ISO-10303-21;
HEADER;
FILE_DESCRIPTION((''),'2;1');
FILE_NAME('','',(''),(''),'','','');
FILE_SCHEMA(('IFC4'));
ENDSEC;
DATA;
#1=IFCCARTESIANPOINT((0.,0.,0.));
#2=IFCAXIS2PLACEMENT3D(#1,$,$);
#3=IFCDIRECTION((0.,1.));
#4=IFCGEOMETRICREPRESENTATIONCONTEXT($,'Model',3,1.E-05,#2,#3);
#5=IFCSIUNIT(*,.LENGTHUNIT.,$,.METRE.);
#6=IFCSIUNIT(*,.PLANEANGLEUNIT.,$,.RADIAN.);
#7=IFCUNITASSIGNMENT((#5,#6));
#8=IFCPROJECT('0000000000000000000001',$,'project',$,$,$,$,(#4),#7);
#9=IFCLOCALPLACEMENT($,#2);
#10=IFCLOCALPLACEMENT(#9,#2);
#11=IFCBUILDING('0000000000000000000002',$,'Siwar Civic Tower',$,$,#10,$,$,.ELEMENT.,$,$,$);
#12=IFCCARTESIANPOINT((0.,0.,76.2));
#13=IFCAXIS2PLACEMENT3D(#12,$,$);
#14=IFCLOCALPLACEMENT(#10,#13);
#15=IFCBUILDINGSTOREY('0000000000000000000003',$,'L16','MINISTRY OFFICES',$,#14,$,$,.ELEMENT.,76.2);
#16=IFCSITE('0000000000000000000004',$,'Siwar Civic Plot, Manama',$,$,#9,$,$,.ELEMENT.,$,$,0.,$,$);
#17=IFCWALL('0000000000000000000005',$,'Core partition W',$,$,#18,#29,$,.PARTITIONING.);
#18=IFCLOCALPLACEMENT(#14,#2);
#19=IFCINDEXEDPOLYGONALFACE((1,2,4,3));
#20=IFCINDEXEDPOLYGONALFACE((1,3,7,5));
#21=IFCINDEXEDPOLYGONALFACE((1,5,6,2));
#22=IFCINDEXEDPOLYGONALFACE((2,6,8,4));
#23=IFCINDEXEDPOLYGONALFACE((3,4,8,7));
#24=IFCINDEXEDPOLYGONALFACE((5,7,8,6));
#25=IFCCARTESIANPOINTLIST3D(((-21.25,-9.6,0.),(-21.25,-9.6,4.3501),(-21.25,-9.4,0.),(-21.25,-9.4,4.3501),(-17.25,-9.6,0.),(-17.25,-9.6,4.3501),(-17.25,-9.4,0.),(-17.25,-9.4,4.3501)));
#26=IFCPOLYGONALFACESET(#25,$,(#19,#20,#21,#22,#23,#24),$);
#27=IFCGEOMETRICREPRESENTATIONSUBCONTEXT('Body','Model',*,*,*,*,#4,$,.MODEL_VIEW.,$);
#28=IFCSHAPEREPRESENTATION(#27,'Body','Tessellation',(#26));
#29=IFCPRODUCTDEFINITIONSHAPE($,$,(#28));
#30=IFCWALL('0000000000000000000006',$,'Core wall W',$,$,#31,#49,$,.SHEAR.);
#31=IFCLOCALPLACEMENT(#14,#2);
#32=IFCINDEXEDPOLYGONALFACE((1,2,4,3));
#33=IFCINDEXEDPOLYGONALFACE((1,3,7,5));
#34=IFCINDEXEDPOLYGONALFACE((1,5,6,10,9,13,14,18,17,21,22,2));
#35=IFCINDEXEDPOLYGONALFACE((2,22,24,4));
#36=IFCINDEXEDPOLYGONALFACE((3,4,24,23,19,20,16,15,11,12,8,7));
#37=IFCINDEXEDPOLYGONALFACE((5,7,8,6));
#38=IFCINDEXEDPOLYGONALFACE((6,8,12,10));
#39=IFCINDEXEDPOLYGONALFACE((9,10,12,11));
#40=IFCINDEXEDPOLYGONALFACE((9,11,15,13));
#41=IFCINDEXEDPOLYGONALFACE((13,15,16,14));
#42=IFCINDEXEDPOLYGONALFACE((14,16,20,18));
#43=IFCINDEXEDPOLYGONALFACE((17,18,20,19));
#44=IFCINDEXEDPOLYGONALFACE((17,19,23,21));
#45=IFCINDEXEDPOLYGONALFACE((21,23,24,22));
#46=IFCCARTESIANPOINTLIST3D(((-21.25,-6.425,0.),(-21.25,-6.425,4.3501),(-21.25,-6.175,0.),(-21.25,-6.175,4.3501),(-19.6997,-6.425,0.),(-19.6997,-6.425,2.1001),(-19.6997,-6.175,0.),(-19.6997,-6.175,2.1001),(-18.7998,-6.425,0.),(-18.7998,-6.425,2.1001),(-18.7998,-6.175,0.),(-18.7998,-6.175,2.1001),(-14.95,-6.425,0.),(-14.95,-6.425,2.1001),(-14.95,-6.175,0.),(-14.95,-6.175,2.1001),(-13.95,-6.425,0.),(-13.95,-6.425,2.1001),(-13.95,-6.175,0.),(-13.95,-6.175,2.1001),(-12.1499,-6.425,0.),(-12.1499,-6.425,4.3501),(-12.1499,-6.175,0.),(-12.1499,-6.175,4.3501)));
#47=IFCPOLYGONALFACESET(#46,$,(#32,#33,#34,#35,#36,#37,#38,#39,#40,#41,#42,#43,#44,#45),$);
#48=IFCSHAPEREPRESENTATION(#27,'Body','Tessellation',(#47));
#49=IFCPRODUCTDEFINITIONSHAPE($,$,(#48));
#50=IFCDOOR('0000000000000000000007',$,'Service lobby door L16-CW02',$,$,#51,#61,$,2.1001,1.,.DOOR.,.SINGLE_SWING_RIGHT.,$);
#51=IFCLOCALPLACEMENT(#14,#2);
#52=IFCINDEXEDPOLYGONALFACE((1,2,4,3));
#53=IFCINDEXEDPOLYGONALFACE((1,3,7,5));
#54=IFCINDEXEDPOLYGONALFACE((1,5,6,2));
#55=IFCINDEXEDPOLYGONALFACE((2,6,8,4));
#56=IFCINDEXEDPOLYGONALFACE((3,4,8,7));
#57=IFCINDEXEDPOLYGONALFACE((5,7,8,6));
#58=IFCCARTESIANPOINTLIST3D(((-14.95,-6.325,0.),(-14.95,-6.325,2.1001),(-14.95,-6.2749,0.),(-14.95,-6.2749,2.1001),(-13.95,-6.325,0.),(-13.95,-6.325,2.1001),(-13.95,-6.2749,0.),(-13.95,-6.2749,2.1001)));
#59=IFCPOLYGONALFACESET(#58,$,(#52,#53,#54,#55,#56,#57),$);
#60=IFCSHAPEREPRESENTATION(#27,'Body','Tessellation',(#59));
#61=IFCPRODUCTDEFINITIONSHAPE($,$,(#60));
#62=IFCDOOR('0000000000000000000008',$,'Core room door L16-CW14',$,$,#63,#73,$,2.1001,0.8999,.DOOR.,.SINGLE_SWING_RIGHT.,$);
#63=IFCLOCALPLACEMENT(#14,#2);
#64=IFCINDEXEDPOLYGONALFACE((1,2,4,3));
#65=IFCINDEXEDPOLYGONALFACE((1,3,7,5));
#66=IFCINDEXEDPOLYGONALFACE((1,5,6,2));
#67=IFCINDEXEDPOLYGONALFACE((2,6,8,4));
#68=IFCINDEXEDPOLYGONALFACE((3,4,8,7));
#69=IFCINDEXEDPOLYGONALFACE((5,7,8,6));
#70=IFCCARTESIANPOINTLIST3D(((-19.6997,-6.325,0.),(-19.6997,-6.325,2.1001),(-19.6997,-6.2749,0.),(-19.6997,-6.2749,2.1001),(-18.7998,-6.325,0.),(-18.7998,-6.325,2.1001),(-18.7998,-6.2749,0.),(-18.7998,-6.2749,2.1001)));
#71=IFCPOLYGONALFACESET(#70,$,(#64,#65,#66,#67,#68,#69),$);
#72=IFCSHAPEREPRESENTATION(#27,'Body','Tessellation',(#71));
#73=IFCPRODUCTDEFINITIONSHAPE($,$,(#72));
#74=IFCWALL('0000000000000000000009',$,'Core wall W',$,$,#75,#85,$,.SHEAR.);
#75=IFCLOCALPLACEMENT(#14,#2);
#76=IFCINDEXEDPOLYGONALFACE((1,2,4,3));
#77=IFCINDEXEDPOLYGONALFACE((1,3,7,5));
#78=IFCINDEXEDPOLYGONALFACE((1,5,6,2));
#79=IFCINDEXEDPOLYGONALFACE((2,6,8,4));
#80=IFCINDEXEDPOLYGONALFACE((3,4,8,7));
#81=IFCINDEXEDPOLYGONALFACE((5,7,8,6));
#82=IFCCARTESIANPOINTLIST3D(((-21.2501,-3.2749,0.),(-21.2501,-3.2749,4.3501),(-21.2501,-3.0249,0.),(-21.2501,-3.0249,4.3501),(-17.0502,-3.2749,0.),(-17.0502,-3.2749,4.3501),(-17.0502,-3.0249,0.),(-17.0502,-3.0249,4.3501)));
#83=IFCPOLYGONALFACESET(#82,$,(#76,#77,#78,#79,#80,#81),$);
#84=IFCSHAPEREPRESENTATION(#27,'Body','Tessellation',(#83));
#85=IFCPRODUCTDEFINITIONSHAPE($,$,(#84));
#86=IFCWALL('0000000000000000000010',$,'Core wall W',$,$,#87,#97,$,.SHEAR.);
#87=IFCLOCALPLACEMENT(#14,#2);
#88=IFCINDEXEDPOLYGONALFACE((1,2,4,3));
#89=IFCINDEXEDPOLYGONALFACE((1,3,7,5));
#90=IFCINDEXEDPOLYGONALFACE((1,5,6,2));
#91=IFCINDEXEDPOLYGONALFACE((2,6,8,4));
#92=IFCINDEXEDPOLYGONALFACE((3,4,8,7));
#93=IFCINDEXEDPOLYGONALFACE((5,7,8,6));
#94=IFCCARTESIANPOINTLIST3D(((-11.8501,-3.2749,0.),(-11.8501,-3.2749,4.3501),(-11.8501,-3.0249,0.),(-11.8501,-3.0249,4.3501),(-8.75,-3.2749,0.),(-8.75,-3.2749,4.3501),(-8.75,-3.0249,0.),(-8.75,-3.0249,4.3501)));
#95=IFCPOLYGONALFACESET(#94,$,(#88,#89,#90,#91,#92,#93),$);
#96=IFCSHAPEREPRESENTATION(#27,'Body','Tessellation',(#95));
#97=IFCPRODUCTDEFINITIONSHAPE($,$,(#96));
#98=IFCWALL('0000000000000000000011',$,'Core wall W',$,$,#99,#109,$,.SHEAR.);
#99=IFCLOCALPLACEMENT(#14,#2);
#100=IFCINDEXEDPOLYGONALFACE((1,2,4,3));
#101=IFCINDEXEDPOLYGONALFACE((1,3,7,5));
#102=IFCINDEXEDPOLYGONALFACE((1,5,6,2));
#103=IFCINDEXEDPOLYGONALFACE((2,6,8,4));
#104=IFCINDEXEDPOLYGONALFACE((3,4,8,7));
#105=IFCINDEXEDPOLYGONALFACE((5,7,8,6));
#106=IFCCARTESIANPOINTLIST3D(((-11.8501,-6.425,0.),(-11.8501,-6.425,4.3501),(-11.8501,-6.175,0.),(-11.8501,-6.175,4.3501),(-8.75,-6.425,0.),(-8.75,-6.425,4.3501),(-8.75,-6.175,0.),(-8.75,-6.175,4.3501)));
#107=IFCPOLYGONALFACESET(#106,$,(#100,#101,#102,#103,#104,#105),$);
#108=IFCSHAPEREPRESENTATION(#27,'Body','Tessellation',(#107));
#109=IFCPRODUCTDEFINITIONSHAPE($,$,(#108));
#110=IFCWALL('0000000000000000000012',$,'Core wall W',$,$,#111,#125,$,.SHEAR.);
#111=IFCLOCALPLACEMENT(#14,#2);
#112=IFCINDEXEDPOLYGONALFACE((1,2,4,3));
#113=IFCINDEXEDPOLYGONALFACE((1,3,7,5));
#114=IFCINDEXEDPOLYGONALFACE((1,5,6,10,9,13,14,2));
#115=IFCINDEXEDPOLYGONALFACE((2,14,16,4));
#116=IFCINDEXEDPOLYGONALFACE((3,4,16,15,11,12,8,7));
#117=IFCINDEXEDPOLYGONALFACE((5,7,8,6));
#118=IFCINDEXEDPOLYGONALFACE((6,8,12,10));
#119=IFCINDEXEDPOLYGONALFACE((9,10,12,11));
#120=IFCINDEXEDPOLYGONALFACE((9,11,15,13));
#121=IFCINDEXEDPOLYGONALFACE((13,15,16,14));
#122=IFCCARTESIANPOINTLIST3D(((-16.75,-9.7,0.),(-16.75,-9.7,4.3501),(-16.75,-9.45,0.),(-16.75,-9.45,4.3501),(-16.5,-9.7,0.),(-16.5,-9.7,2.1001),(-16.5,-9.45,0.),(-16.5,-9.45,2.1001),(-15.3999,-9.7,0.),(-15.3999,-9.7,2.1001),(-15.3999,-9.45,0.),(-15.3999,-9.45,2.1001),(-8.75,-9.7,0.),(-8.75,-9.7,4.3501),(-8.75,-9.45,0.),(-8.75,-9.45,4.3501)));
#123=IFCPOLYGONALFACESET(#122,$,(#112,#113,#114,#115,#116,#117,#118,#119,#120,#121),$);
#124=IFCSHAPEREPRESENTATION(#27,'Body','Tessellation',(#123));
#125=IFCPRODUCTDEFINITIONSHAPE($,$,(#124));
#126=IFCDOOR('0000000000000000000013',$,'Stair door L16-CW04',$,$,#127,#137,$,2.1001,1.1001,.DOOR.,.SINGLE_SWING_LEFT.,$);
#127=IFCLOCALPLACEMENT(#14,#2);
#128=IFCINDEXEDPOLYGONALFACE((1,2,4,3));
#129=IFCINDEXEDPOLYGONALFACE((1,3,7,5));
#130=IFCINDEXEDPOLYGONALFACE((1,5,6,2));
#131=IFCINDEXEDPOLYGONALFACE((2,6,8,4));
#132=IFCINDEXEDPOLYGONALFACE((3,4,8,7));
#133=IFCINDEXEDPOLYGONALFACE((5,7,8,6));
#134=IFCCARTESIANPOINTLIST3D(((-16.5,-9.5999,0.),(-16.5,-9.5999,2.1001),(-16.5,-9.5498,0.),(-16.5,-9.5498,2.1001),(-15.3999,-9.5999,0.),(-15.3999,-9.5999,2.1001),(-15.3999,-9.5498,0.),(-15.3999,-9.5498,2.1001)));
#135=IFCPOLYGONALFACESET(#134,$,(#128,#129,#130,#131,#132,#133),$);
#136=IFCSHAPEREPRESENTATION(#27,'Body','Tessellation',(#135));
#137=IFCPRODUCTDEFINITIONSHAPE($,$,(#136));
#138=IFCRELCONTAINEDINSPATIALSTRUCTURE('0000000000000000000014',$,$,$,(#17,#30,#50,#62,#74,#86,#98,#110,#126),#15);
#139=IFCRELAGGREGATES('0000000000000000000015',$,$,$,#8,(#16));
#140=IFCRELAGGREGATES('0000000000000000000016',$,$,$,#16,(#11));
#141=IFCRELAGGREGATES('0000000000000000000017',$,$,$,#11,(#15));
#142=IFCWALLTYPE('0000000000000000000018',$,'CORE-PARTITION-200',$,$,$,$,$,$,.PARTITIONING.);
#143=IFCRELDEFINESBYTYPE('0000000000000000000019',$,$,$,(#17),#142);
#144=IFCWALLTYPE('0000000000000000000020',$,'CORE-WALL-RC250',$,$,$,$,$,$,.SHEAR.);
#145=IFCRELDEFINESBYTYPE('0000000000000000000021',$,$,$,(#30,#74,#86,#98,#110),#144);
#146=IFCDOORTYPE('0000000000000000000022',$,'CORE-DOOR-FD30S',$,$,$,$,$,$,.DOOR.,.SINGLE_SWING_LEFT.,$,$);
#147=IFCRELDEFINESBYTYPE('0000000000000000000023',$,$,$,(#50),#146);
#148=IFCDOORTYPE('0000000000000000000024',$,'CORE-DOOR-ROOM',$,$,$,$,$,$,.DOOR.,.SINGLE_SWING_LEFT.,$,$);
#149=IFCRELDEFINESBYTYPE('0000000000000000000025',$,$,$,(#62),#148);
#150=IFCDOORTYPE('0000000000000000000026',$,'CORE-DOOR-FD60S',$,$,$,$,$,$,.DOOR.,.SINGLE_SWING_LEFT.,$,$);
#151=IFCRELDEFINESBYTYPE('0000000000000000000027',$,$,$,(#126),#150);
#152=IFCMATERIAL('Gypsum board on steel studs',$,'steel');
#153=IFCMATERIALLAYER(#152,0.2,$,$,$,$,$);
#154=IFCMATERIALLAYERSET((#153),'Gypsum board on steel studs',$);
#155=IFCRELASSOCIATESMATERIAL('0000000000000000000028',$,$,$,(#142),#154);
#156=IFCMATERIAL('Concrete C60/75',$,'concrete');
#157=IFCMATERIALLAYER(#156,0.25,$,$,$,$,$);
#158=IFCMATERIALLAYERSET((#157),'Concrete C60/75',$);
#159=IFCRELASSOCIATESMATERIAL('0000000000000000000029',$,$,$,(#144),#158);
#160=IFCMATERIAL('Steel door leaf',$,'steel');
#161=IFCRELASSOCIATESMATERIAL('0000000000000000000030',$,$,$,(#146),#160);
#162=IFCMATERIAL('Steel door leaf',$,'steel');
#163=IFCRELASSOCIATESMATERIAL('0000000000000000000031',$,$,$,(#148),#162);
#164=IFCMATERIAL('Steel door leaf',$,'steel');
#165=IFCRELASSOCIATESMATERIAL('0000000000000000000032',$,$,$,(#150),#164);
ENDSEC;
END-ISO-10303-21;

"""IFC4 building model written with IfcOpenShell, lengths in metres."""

from ifc_helpers import new_model, si_unit, direction, frame, frame_2d, origin, place, context, subcontext, project, spatial, rectangle, extrude, material, layer, layer_set, type_object, element, fill, save


model = new_model("IFC4")

# Units and contexts
model_context = context("Model", 3, precision=1e-05, world=origin(), true_north=direction((0.0, 1.0)))
body_context = subcontext(model_context, "Body", "Model", "MODEL_VIEW")
ifc_project = project(units=[si_unit("LENGTHUNIT", "METRE"), si_unit("PLANEANGLEUNIT", "RADIAN")], contexts=[model_context])

# Site, building, storey
site_placement = place(None, origin())
site = spatial("IfcSite", under=ifc_project, at=site_placement, Name="Siwar Civic Plot, Manama", CompositionType="ELEMENT", RefElevation=0.0)
building_placement = place(site_placement, origin())
building = spatial("IfcBuilding", under=site, at=building_placement, Name="Siwar Civic Tower", CompositionType="ELEMENT")
storey_placement = place(building_placement, frame((0.0, 0.0, 76.2)))
storey = spatial("IfcBuildingStorey", under=building, at=storey_placement, Name="L16", Description="MINISTRY OFFICES", CompositionType="ELEMENT", Elevation=76.2)

# Wall
ifc_material_1 = material(Name="Gypsum board on steel studs", Category="steel")
ifc_layer_1 = layer(ifc_material_1, 0.2)
ifc_layer_set_1 = layer_set([ifc_layer_1], Name="Gypsum board on steel studs")
wall_type_1 = type_object("IfcWallType", Name="CORE-PARTITION-200", PredefinedType="PARTITIONING", material=ifc_layer_set_1)
wall_1_placement = place(storey_placement, frame((-17.25, -9.5, 0.0), z_axis=(0.0, 0.0, 1.0), x_axis=(-1.0, 0.0, 0.0)))
element("IfcWall", 1, at=wall_1_placement, inside=storey, type_object=wall_type_1, Name="Core partition W", PredefinedType="PARTITIONING", context=body_context, shape_type="SweptSolid", body=[
    extrude(rectangle(XDim=4.0, YDim=0.2, at=frame_2d((2.0, 0.0))), origin(), (0.0, 0.0, 1.0), 4.3501),
])

# Wall, openings, doors
ifc_material_2 = material(Name="Concrete C60/75", Category="concrete")
ifc_layer_2 = layer(ifc_material_2, 0.25)
ifc_layer_set_2 = layer_set([ifc_layer_2], Name="Concrete C60/75")
wall_type_2 = type_object("IfcWallType", Name="CORE-WALL-RC250", PredefinedType="SHEAR", material=ifc_layer_set_2)
wall_2_placement = place(storey_placement, frame((-12.1499, -6.3, 0.0), z_axis=(0.0, 0.0, 1.0), x_axis=(-1.0, 0.0, 0.0)))
wall_2 = element("IfcWall", 2, at=wall_2_placement, inside=storey, type_object=wall_type_2, Name="Core wall W", PredefinedType="SHEAR", context=body_context, shape_type="SweptSolid", body=[
    extrude(rectangle(XDim=9.1001, YDim=0.25, at=frame_2d((4.55, 0.0))), origin(), (0.0, 0.0, 1.0), 4.3501),
])
opening_1_placement = place(wall_2_placement, frame((1.8, 0.0, 0.0)))
opening_1 = element("IfcOpeningElement", 3, at=opening_1_placement, cuts=wall_2, PredefinedType="OPENING", context=body_context, shape_type="SweptSolid", body=[
    extrude(rectangle(XDim=1.0, YDim=2.1001, at=frame_2d((0.5, 1.05))), frame((0.0, 0.135, 0.0), z_axis=(0.0, -1.0, 0.0), x_axis=(1.0, 0.0, 0.0)), (0.0, 0.0, 1.0), 0.27),
])
opening_2_placement = place(wall_2_placement, frame((6.6499, 0.0, 0.0)))
opening_2 = element("IfcOpeningElement", 4, at=opening_2_placement, cuts=wall_2, PredefinedType="OPENING", context=body_context, shape_type="SweptSolid", body=[
    extrude(rectangle(XDim=0.8999, YDim=2.1001, at=frame_2d((0.45, 1.05))), frame((0.0, 0.135, 0.0), z_axis=(0.0, -1.0, 0.0), x_axis=(1.0, 0.0, 0.0)), (0.0, 0.0, 1.0), 0.27),
])
ifc_material_3 = material(Name="Steel door leaf", Category="steel")
door_type_1 = type_object("IfcDoorType", Name="CORE-DOOR-FD30S", OperationType="SINGLE_SWING_LEFT", PredefinedType="DOOR", material=ifc_material_3)
door_1_placement = place(opening_1_placement, origin())
door_1 = element("IfcDoor", 5, at=door_1_placement, inside=storey, type_object=door_type_1, Name="Service lobby door L16-CW02", OperationType="SINGLE_SWING_RIGHT", OverallHeight=2.1001, OverallWidth=1.0, PredefinedType="DOOR", context=body_context, shape_type="SweptSolid", body=[
    extrude(rectangle(XDim=1.0, YDim=2.1001, at=frame_2d((0.5, 1.05))), frame((0.0, 0.0249, 0.0), z_axis=(0.0, -1.0, 0.0), x_axis=(1.0, 0.0, 0.0)), (0.0, 0.0, 1.0), 0.05),
])
fill(opening_1, door_1)
ifc_material_4 = material(Name="Steel door leaf", Category="steel")
door_type_2 = type_object("IfcDoorType", Name="CORE-DOOR-ROOM", OperationType="SINGLE_SWING_LEFT", PredefinedType="DOOR", material=ifc_material_4)
door_2_placement = place(opening_2_placement, origin())
door_2 = element("IfcDoor", 6, at=door_2_placement, inside=storey, type_object=door_type_2, Name="Core room door L16-CW14", OperationType="SINGLE_SWING_RIGHT", OverallHeight=2.1001, OverallWidth=0.8999, PredefinedType="DOOR", context=body_context, shape_type="SweptSolid", body=[
    extrude(rectangle(XDim=0.8999, YDim=2.1001, at=frame_2d((0.45, 1.05))), frame((0.0, 0.0249, 0.0), z_axis=(0.0, -1.0, 0.0), x_axis=(1.0, 0.0, 0.0)), (0.0, 0.0, 1.0), 0.05),
])
fill(opening_2, door_2)

# Walls
wall_3_placement = place(storey_placement, frame((-17.05, -3.1499, 0.0), z_axis=(0.0, 0.0, 1.0), x_axis=(-1.0, 0.0, 0.0)))
element("IfcWall", 7, at=wall_3_placement, inside=storey, type_object=wall_type_2, Name="Core wall W", PredefinedType="SHEAR", context=body_context, shape_type="SweptSolid", body=[
    extrude(rectangle(XDim=4.2, YDim=0.25, at=frame_2d((2.1001, 0.0))), origin(), (0.0, 0.0, 1.0), 4.3501),
])
for number, where, z_axis, x_axis, name in (
    (8, (-8.75, -3.1499, 0.0), (0.0, 0.0, 1.0), (-1.0, 0.0, 0.0), "Core wall W"),
    (9, (-8.75, -6.3, 0.0), (0.0, 0.0, 1.0), (-1.0, 0.0, 0.0), "Core wall W"),
):
    element("IfcWall", number, at=place(storey_placement, frame(where, z_axis=z_axis, x_axis=x_axis)), inside=storey, type_object=wall_type_2, Name=name, PredefinedType="SHEAR", context=body_context, shape_type="SweptSolid", body=[
        extrude(rectangle(XDim=3.1001, YDim=0.25, at=frame_2d((1.55, 0.0))), origin(), (0.0, 0.0, 1.0), 4.3501),
    ])

# Wall, opening, door
wall_4_placement = place(storey_placement, frame((-8.75, -9.575, 0.0), z_axis=(0.0, 0.0, 1.0), x_axis=(-1.0, 0.0, 0.0)))
wall_4 = element("IfcWall", 10, at=wall_4_placement, inside=storey, type_object=wall_type_2, Name="Core wall W", PredefinedType="SHEAR", context=body_context, shape_type="SweptSolid", body=[
    extrude(rectangle(XDim=8.0, YDim=0.25, at=frame_2d((4.0, 0.0))), origin(), (0.0, 0.0, 1.0), 4.3501),
])
opening_3_placement = place(wall_4_placement, frame((6.6499, 0.0, 0.0)))
opening_3 = element("IfcOpeningElement", 11, at=opening_3_placement, cuts=wall_4, PredefinedType="OPENING", context=body_context, shape_type="SweptSolid", body=[
    extrude(rectangle(XDim=1.1001, YDim=2.1001, at=frame_2d((0.55, 1.05))), frame((0.0, 0.135, 0.0), z_axis=(0.0, -1.0, 0.0), x_axis=(1.0, 0.0, 0.0)), (0.0, 0.0, 1.0), 0.27),
])
ifc_material_5 = material(Name="Steel door leaf", Category="steel")
door_type_3 = type_object("IfcDoorType", Name="CORE-DOOR-FD60S", OperationType="SINGLE_SWING_LEFT", PredefinedType="DOOR", material=ifc_material_5)
door_3_placement = place(opening_3_placement, origin())
door_3 = element("IfcDoor", 12, at=door_3_placement, inside=storey, type_object=door_type_3, Name="Stair door L16-CW04", OperationType="SINGLE_SWING_LEFT", OverallHeight=2.1001, OverallWidth=1.1001, PredefinedType="DOOR", context=body_context, shape_type="SweptSolid", body=[
    extrude(rectangle(XDim=1.1001, YDim=2.1001, at=frame_2d((0.55, 1.05))), frame((0.0, 0.0249, 0.0), z_axis=(0.0, -1.0, 0.0), x_axis=(1.0, 0.0, 0.0)), (0.0, 0.0, 1.0), 0.05),
])
fill(opening_3, door_3)

save(model, "model.ifc")
